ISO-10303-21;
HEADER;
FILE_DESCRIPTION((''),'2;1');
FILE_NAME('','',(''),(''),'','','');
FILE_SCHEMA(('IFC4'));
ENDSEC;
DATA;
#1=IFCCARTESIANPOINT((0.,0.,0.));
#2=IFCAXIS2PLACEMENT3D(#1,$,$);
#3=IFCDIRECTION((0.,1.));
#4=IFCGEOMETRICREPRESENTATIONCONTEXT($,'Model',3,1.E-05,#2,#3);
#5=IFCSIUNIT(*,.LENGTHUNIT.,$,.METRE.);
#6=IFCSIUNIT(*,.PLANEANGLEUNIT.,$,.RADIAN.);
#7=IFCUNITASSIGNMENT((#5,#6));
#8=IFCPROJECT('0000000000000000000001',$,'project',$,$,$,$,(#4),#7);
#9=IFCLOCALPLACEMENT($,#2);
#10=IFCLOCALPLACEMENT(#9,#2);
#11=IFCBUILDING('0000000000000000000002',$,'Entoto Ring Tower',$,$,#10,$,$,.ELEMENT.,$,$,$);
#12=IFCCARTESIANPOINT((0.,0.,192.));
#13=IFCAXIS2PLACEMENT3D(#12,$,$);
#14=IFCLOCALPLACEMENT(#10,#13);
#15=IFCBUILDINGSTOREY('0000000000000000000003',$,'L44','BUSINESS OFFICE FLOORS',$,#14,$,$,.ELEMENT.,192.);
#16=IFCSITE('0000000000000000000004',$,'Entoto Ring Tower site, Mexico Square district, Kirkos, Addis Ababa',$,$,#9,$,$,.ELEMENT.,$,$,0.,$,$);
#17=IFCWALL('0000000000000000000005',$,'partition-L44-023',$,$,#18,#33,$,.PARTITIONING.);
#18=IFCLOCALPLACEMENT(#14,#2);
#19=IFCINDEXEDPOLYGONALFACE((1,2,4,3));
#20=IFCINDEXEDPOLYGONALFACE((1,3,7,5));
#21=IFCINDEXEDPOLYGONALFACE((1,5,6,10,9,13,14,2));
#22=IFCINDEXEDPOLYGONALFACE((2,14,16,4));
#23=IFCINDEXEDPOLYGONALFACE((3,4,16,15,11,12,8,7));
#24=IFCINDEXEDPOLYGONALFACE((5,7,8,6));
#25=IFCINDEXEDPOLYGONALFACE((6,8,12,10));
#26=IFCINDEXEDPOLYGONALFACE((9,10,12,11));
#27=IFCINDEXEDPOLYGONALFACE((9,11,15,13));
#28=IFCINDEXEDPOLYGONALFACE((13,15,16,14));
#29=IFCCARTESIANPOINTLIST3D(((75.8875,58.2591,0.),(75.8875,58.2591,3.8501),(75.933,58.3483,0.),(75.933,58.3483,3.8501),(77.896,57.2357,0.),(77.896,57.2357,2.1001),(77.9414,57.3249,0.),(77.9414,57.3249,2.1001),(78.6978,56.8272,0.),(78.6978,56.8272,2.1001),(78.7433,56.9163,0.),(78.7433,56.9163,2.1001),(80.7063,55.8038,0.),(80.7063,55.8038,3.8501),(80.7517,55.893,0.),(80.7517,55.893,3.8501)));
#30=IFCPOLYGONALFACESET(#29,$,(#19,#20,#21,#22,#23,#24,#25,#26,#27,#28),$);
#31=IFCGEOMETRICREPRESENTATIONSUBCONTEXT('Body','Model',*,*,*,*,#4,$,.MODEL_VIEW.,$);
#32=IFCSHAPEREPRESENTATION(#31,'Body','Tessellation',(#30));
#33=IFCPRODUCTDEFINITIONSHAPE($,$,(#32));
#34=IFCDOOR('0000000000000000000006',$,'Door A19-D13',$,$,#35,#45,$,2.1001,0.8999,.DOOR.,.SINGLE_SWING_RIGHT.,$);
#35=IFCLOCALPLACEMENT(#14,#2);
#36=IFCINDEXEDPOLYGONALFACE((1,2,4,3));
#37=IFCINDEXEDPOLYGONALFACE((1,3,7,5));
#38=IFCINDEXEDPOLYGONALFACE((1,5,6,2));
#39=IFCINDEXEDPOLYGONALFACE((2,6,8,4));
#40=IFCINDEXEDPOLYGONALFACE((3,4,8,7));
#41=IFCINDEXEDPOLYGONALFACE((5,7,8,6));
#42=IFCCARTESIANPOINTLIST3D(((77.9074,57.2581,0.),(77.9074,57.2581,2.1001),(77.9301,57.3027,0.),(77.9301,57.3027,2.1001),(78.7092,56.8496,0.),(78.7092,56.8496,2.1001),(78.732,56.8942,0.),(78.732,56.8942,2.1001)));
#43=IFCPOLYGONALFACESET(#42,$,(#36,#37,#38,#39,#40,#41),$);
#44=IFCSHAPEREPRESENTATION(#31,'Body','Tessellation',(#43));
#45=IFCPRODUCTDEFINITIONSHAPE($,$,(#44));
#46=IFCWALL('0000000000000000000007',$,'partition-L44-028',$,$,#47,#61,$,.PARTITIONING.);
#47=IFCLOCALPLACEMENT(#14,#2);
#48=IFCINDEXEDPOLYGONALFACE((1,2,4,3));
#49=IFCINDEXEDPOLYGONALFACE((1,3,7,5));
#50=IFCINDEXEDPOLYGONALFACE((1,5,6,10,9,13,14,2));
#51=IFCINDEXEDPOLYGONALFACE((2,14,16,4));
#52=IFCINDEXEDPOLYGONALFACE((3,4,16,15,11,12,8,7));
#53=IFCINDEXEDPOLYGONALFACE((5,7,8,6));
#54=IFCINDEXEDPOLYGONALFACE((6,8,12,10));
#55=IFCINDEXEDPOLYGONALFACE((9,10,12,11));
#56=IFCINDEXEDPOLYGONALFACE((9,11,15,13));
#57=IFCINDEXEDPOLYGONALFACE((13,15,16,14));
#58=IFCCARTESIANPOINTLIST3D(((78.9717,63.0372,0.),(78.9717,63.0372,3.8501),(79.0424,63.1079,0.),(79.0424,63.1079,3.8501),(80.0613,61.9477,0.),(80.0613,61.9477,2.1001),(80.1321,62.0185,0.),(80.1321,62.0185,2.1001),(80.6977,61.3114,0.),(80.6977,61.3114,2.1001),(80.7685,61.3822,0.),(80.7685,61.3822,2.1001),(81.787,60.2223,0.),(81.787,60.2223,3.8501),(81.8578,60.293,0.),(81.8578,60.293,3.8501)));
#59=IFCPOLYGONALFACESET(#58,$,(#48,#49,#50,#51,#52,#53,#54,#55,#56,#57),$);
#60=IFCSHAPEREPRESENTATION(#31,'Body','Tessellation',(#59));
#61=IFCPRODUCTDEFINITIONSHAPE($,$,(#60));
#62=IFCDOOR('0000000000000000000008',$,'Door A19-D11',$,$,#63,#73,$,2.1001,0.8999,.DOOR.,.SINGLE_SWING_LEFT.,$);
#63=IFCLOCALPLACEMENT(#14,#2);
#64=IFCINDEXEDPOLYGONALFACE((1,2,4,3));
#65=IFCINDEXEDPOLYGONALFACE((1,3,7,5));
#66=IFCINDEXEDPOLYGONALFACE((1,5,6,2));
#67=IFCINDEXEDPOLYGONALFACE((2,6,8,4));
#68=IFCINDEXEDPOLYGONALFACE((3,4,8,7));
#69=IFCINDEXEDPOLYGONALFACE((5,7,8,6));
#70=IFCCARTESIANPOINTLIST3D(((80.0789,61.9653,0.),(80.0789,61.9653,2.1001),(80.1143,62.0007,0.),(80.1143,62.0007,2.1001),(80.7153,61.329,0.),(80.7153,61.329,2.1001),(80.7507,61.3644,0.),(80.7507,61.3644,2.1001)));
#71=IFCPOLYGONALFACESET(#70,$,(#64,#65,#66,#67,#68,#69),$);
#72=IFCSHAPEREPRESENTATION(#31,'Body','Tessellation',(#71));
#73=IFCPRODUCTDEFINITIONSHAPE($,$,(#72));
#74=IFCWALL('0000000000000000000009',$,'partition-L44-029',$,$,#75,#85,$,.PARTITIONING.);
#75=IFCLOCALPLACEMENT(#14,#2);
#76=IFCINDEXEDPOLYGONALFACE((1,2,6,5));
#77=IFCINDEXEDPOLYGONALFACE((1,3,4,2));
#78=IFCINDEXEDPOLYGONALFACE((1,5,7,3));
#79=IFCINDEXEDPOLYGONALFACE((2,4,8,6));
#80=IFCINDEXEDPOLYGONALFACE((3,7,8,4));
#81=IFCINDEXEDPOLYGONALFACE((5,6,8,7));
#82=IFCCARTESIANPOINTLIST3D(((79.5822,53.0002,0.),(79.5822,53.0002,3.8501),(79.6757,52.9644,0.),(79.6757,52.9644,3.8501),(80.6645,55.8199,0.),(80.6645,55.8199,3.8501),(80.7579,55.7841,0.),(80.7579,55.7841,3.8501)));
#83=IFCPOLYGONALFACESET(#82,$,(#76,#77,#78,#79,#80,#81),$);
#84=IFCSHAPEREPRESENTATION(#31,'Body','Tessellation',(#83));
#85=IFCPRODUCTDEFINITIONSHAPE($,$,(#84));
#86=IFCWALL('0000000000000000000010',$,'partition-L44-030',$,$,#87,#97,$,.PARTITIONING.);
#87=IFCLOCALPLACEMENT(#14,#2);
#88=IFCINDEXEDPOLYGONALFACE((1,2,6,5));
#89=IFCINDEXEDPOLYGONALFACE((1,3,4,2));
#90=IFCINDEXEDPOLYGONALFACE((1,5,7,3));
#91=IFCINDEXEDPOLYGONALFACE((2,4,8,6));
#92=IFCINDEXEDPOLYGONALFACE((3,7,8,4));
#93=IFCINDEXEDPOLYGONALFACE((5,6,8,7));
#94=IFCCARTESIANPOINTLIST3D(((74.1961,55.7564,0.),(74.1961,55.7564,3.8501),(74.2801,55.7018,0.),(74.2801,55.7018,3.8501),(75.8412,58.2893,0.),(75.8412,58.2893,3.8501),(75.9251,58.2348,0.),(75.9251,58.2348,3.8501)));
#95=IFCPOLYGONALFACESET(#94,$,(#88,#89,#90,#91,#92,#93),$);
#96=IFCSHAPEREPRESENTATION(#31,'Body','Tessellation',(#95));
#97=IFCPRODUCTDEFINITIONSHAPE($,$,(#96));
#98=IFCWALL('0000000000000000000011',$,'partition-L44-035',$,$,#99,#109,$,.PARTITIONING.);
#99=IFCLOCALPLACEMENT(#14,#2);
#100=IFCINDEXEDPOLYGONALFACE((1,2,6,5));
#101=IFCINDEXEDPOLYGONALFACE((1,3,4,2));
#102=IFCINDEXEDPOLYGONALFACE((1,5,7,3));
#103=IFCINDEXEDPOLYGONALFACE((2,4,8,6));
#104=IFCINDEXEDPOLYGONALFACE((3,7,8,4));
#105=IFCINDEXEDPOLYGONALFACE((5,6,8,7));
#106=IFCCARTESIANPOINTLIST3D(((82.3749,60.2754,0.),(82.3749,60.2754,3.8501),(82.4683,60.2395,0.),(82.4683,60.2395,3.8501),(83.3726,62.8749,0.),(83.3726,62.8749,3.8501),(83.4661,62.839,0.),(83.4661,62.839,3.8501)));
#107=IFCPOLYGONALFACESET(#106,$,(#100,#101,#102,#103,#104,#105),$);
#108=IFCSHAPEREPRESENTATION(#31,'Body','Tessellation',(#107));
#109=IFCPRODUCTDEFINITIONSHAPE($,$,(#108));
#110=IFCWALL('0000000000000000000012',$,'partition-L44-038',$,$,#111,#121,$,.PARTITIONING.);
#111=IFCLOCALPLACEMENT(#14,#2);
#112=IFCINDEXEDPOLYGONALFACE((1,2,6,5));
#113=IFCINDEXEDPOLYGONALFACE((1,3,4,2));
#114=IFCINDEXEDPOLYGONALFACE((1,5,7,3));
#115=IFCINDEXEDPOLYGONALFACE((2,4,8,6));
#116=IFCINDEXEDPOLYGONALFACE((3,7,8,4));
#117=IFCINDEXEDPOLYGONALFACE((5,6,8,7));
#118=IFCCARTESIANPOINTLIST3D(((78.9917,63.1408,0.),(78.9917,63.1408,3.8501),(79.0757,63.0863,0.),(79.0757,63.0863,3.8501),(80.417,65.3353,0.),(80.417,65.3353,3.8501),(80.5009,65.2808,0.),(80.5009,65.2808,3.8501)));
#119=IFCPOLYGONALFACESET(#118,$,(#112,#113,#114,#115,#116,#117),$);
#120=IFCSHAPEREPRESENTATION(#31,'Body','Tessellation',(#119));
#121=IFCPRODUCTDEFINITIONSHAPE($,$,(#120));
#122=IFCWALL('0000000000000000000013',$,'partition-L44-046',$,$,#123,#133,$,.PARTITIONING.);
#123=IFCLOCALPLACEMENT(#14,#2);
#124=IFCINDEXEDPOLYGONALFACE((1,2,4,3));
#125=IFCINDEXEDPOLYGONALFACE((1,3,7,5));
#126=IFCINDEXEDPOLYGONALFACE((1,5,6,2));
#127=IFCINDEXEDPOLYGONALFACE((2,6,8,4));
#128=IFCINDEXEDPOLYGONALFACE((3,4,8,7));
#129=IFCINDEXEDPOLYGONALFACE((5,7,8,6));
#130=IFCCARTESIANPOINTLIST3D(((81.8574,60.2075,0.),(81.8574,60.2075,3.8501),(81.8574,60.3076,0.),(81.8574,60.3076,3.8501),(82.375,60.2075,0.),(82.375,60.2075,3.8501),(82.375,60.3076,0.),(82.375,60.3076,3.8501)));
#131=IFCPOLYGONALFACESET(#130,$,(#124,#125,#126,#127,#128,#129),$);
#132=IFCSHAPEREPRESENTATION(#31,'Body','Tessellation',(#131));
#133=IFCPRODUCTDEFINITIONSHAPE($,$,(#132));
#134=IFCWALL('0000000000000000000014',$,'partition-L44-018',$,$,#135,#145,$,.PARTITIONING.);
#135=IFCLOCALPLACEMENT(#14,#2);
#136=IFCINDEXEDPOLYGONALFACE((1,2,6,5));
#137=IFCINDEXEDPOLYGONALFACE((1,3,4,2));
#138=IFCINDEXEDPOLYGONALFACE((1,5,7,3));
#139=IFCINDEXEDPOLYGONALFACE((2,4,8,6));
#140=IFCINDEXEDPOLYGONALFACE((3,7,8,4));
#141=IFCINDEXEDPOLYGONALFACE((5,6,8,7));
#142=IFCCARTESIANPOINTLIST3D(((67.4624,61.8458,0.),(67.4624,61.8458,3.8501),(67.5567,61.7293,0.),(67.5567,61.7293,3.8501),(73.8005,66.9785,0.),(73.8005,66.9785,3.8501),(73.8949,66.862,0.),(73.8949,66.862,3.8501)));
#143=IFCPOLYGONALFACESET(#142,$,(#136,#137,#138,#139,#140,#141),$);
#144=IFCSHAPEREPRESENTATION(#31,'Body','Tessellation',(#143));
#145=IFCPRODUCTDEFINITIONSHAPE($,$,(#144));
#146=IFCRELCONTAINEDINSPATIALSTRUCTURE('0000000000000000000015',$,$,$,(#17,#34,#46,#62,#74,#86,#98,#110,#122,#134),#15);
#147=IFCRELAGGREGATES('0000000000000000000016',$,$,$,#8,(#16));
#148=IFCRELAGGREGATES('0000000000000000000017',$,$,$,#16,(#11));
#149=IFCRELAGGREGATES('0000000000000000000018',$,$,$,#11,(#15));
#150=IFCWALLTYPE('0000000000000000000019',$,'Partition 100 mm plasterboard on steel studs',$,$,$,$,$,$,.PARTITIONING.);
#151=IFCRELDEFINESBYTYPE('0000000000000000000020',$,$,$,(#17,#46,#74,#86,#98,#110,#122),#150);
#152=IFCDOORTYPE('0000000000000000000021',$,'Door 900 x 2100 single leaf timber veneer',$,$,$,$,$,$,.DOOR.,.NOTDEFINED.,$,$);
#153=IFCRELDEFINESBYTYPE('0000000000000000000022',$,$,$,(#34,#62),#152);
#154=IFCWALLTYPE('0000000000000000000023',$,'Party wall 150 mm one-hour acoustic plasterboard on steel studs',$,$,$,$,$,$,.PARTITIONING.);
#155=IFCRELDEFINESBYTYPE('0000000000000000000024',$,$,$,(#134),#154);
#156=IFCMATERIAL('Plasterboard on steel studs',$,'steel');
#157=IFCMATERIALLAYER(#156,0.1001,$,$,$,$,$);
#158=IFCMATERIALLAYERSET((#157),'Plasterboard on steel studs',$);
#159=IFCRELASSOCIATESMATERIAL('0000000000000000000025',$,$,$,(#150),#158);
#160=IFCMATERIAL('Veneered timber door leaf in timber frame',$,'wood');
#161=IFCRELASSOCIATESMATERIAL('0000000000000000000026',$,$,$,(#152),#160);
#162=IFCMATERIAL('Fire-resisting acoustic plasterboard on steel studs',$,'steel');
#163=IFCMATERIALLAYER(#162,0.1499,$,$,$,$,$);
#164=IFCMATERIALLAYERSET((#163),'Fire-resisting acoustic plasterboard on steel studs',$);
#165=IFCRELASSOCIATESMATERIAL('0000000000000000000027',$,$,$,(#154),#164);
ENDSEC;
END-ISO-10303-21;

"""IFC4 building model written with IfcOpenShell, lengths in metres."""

from ifc_helpers import new_model, si_unit, direction, frame, frame_2d, origin, place, context, subcontext, project, spatial, rectangle, extrude, material, layer, layer_set, type_object, element, fill, save


model = new_model("IFC4")

# Units and contexts
model_context = context("Model", 3, precision=1e-05, world=origin(), true_north=direction((0.0, 1.0)))
body_context = subcontext(model_context, "Body", "Model", "MODEL_VIEW")
ifc_project = project(units=[si_unit("LENGTHUNIT", "METRE"), si_unit("PLANEANGLEUNIT", "RADIAN")], contexts=[model_context])

# Site, building, storey
site_placement = place(None, origin())
site = spatial("IfcSite", under=ifc_project, at=site_placement, Name="Entoto Ring Tower site, Mexico Square district, Kirkos, Addis Ababa", CompositionType="ELEMENT", RefElevation=0.0)
building_placement = place(site_placement, origin())
building = spatial("IfcBuilding", under=site, at=building_placement, Name="Entoto Ring Tower", CompositionType="ELEMENT")
storey_placement = place(building_placement, frame((0.0, 0.0, 192.0)))
storey = spatial("IfcBuildingStorey", under=building, at=storey_placement, Name="L44", Description="BUSINESS OFFICE FLOORS", CompositionType="ELEMENT", Elevation=192.0)

# Walls, openings, doors
ifc_material_1 = material(Name="Plasterboard on steel studs", Category="steel")
ifc_layer_1 = layer(ifc_material_1, 0.1001)
ifc_layer_set_1 = layer_set([ifc_layer_1], Name="Plasterboard on steel studs")
wall_type_1 = type_object("IfcWallType", Name="Partition 100 mm plasterboard on steel studs", PredefinedType="PARTITIONING", material=ifc_layer_set_1)
wall_1_placement = place(storey_placement, frame((80.729, 55.8484, 0.0), z_axis=(0.0, 0.0, 1.0), x_axis=(-0.891007, 0.45399, 0.0)))
wall_1 = element("IfcWall", 1, at=wall_1_placement, inside=storey, type_object=wall_type_1, Name="partition-L44-023", PredefinedType="PARTITIONING", context=body_context, shape_type="SweptSolid", body=[
    extrude(rectangle(XDim=5.4082, YDim=0.1001, at=frame_2d((2.7041, 0.0))), origin(), (0.0, 0.0, 1.0), 3.8501),
])
opening_1_placement = place(wall_1_placement, frame((2.2542, 0.0, 0.0)))
opening_1 = element("IfcOpeningElement", 2, at=opening_1_placement, cuts=wall_1, PredefinedType="OPENING", context=body_context, shape_type="SweptSolid", body=[
    extrude(rectangle(XDim=0.8999, YDim=2.1001, at=frame_2d((0.45, 1.05))), frame((0.0, 0.0601, 0.0), z_axis=(0.0, -1.0, 0.0), x_axis=(1.0, 0.0, 0.0)), (0.0, 0.0, 1.0), 0.1201),
])
ifc_material_2 = material(Name="Veneered timber door leaf in timber frame", Category="wood")
door_type_1 = type_object("IfcDoorType", Name="Door 900 x 2100 single leaf timber veneer", OperationType="NOTDEFINED", PredefinedType="DOOR", material=ifc_material_2)
door_1_placement = place(opening_1_placement, origin())
door_1 = element("IfcDoor", 3, at=door_1_placement, inside=storey, type_object=door_type_1, Name="Door A19-D13", OperationType="SINGLE_SWING_RIGHT", OverallHeight=2.1001, OverallWidth=0.8999, PredefinedType="DOOR", context=body_context, shape_type="SweptSolid", body=[
    extrude(rectangle(XDim=0.8999, YDim=2.1001, at=frame_2d((0.45, 1.05))), frame((0.0, 0.0249, 0.0), z_axis=(0.0, -1.0, 0.0), x_axis=(1.0, 0.0, 0.0)), (0.0, 0.0, 1.0), 0.05),
])
fill(opening_1, door_1)
wall_2_placement = place(storey_placement, frame((81.8225, 60.2576, 0.0), z_axis=(0.0, 0.0, 1.0), x_axis=(-0.707168, 0.707045, 0.0)))
wall_2 = element("IfcWall", 4, at=wall_2_placement, inside=storey, type_object=wall_type_1, Name="partition-L44-028", PredefinedType="PARTITIONING", context=body_context, shape_type="SweptSolid", body=[
    extrude(rectangle(XDim=3.9812, YDim=0.1001, at=frame_2d((1.9907, 0.0))), origin(), (0.0, 0.0, 1.0), 3.8501),
])
opening_2_placement = place(wall_2_placement, frame((1.5405, 0.0, 0.0)))
opening_2 = element("IfcOpeningElement", 5, at=opening_2_placement, cuts=wall_2, PredefinedType="OPENING", context=body_context, shape_type="SweptSolid", body=[
    extrude(rectangle(XDim=0.8999, YDim=2.1001, at=frame_2d((0.45, 1.05))), frame((0.0, 0.0601, 0.0), z_axis=(0.0, -1.0, 0.0), x_axis=(1.0, 0.0, 0.0)), (0.0, 0.0, 1.0), 0.1201),
])
door_2_placement = place(opening_2_placement, frame((0.8999, 0.0, 0.0), z_axis=(0.0, 0.0, 1.0), x_axis=(-1.0, 0.0, 0.0)))
door_2 = element("IfcDoor", 6, at=door_2_placement, inside=storey, type_object=door_type_1, Name="Door A19-D11", OperationType="SINGLE_SWING_LEFT", OverallHeight=2.1001, OverallWidth=0.8999, PredefinedType="DOOR", context=body_context, shape_type="SweptSolid", body=[
    extrude(rectangle(XDim=0.8999, YDim=2.1001, at=frame_2d((0.45, 1.05))), frame((0.0, 0.0249, 0.0), z_axis=(0.0, -1.0, 0.0), x_axis=(1.0, 0.0, 0.0)), (0.0, 0.0, 1.0), 0.05),
])
fill(opening_2, door_2)

# Walls
for number, where, z_axis, x_axis, name in (
    (7, (79.6289, 52.9822, 0.0), (0.0, 0.0, 1.0), (0.358324, 0.933597, 0.0), "partition-L44-029"),
    (8, (74.238, 55.729, 0.0), (0.0, 0.0, 1.0), (0.544662, 0.838656, 0.0), "partition-L44-030"),
):
    element("IfcWall", number, at=place(storey_placement, frame(where, z_axis=z_axis, x_axis=x_axis)), inside=storey, type_object=wall_type_1, Name=name, PredefinedType="PARTITIONING", context=body_context, shape_type="SweptSolid", body=[
        extrude(rectangle(XDim=3.0203, YDim=0.1001, at=frame_2d((1.5103, 0.0))), origin(), (0.0, 0.0, 1.0), 3.8501),
    ])
wall_3_placement = place(storey_placement, frame((82.4216, 60.2576, 0.0), z_axis=(0.0, 0.0, 1.0), x_axis=(0.358339, 0.933592, 0.0)))
element("IfcWall", 9, at=wall_3_placement, inside=storey, type_object=wall_type_1, Name="partition-L44-035", PredefinedType="PARTITIONING", context=body_context, shape_type="SweptSolid", body=[
    extrude(rectangle(XDim=2.7844, YDim=0.1001, at=frame_2d((1.3921, 0.0))), origin(), (0.0, 0.0, 1.0), 3.8501),
])
wall_4_placement = place(storey_placement, frame((79.0337, 63.1135, 0.0), z_axis=(0.0, 0.0, 1.0), x_axis=(0.54467, 0.83865, 0.0)))
element("IfcWall", 10, at=wall_4_placement, inside=storey, type_object=wall_type_1, Name="partition-L44-038", PredefinedType="PARTITIONING", context=body_context, shape_type="SweptSolid", body=[
    extrude(rectangle(XDim=2.6167, YDim=0.1001, at=frame_2d((1.3083, 0.0))), origin(), (0.0, 0.0, 1.0), 3.8501),
])
wall_5_placement = place(storey_placement, frame((81.8574, 60.2576, 0.0), z_axis=(0.0, 0.0, 1.0), x_axis=(1.0, 0.0, 0.0)))
element("IfcWall", 11, at=wall_5_placement, inside=storey, type_object=wall_type_1, Name="partition-L44-046", PredefinedType="PARTITIONING", context=body_context, shape_type="SweptSolid", body=[
    extrude(rectangle(XDim=0.5176, YDim=0.1001, at=frame_2d((0.2588, 0.0))), origin(), (0.0, 0.0, 1.0), 3.8501),
])
ifc_material_3 = material(Name="Fire-resisting acoustic plasterboard on steel studs", Category="steel")
ifc_layer_2 = layer(ifc_material_3, 0.1499)
ifc_layer_set_2 = layer_set([ifc_layer_2], Name="Fire-resisting acoustic plasterboard on steel studs")
wall_type_2 = type_object("IfcWallType", Name="Party wall 150 mm one-hour acoustic plasterboard on steel studs", PredefinedType="PARTITIONING", material=ifc_layer_set_2)
wall_6_placement = place(storey_placement, frame((67.5095, 61.7876, 0.0), z_axis=(0.0, 0.0, 1.0), x_axis=(0.777143, 0.629324, 0.0)))
element("IfcWall", 12, at=wall_6_placement, inside=storey, type_object=wall_type_2, Name="partition-L44-018", PredefinedType="PARTITIONING", context=body_context, shape_type="SweptSolid", body=[
    extrude(rectangle(XDim=8.1558, YDim=0.1499, at=frame_2d((4.0779, 0.0))), origin(), (0.0, 0.0, 1.0), 3.8501),
])

save(model, "model.ifc")
